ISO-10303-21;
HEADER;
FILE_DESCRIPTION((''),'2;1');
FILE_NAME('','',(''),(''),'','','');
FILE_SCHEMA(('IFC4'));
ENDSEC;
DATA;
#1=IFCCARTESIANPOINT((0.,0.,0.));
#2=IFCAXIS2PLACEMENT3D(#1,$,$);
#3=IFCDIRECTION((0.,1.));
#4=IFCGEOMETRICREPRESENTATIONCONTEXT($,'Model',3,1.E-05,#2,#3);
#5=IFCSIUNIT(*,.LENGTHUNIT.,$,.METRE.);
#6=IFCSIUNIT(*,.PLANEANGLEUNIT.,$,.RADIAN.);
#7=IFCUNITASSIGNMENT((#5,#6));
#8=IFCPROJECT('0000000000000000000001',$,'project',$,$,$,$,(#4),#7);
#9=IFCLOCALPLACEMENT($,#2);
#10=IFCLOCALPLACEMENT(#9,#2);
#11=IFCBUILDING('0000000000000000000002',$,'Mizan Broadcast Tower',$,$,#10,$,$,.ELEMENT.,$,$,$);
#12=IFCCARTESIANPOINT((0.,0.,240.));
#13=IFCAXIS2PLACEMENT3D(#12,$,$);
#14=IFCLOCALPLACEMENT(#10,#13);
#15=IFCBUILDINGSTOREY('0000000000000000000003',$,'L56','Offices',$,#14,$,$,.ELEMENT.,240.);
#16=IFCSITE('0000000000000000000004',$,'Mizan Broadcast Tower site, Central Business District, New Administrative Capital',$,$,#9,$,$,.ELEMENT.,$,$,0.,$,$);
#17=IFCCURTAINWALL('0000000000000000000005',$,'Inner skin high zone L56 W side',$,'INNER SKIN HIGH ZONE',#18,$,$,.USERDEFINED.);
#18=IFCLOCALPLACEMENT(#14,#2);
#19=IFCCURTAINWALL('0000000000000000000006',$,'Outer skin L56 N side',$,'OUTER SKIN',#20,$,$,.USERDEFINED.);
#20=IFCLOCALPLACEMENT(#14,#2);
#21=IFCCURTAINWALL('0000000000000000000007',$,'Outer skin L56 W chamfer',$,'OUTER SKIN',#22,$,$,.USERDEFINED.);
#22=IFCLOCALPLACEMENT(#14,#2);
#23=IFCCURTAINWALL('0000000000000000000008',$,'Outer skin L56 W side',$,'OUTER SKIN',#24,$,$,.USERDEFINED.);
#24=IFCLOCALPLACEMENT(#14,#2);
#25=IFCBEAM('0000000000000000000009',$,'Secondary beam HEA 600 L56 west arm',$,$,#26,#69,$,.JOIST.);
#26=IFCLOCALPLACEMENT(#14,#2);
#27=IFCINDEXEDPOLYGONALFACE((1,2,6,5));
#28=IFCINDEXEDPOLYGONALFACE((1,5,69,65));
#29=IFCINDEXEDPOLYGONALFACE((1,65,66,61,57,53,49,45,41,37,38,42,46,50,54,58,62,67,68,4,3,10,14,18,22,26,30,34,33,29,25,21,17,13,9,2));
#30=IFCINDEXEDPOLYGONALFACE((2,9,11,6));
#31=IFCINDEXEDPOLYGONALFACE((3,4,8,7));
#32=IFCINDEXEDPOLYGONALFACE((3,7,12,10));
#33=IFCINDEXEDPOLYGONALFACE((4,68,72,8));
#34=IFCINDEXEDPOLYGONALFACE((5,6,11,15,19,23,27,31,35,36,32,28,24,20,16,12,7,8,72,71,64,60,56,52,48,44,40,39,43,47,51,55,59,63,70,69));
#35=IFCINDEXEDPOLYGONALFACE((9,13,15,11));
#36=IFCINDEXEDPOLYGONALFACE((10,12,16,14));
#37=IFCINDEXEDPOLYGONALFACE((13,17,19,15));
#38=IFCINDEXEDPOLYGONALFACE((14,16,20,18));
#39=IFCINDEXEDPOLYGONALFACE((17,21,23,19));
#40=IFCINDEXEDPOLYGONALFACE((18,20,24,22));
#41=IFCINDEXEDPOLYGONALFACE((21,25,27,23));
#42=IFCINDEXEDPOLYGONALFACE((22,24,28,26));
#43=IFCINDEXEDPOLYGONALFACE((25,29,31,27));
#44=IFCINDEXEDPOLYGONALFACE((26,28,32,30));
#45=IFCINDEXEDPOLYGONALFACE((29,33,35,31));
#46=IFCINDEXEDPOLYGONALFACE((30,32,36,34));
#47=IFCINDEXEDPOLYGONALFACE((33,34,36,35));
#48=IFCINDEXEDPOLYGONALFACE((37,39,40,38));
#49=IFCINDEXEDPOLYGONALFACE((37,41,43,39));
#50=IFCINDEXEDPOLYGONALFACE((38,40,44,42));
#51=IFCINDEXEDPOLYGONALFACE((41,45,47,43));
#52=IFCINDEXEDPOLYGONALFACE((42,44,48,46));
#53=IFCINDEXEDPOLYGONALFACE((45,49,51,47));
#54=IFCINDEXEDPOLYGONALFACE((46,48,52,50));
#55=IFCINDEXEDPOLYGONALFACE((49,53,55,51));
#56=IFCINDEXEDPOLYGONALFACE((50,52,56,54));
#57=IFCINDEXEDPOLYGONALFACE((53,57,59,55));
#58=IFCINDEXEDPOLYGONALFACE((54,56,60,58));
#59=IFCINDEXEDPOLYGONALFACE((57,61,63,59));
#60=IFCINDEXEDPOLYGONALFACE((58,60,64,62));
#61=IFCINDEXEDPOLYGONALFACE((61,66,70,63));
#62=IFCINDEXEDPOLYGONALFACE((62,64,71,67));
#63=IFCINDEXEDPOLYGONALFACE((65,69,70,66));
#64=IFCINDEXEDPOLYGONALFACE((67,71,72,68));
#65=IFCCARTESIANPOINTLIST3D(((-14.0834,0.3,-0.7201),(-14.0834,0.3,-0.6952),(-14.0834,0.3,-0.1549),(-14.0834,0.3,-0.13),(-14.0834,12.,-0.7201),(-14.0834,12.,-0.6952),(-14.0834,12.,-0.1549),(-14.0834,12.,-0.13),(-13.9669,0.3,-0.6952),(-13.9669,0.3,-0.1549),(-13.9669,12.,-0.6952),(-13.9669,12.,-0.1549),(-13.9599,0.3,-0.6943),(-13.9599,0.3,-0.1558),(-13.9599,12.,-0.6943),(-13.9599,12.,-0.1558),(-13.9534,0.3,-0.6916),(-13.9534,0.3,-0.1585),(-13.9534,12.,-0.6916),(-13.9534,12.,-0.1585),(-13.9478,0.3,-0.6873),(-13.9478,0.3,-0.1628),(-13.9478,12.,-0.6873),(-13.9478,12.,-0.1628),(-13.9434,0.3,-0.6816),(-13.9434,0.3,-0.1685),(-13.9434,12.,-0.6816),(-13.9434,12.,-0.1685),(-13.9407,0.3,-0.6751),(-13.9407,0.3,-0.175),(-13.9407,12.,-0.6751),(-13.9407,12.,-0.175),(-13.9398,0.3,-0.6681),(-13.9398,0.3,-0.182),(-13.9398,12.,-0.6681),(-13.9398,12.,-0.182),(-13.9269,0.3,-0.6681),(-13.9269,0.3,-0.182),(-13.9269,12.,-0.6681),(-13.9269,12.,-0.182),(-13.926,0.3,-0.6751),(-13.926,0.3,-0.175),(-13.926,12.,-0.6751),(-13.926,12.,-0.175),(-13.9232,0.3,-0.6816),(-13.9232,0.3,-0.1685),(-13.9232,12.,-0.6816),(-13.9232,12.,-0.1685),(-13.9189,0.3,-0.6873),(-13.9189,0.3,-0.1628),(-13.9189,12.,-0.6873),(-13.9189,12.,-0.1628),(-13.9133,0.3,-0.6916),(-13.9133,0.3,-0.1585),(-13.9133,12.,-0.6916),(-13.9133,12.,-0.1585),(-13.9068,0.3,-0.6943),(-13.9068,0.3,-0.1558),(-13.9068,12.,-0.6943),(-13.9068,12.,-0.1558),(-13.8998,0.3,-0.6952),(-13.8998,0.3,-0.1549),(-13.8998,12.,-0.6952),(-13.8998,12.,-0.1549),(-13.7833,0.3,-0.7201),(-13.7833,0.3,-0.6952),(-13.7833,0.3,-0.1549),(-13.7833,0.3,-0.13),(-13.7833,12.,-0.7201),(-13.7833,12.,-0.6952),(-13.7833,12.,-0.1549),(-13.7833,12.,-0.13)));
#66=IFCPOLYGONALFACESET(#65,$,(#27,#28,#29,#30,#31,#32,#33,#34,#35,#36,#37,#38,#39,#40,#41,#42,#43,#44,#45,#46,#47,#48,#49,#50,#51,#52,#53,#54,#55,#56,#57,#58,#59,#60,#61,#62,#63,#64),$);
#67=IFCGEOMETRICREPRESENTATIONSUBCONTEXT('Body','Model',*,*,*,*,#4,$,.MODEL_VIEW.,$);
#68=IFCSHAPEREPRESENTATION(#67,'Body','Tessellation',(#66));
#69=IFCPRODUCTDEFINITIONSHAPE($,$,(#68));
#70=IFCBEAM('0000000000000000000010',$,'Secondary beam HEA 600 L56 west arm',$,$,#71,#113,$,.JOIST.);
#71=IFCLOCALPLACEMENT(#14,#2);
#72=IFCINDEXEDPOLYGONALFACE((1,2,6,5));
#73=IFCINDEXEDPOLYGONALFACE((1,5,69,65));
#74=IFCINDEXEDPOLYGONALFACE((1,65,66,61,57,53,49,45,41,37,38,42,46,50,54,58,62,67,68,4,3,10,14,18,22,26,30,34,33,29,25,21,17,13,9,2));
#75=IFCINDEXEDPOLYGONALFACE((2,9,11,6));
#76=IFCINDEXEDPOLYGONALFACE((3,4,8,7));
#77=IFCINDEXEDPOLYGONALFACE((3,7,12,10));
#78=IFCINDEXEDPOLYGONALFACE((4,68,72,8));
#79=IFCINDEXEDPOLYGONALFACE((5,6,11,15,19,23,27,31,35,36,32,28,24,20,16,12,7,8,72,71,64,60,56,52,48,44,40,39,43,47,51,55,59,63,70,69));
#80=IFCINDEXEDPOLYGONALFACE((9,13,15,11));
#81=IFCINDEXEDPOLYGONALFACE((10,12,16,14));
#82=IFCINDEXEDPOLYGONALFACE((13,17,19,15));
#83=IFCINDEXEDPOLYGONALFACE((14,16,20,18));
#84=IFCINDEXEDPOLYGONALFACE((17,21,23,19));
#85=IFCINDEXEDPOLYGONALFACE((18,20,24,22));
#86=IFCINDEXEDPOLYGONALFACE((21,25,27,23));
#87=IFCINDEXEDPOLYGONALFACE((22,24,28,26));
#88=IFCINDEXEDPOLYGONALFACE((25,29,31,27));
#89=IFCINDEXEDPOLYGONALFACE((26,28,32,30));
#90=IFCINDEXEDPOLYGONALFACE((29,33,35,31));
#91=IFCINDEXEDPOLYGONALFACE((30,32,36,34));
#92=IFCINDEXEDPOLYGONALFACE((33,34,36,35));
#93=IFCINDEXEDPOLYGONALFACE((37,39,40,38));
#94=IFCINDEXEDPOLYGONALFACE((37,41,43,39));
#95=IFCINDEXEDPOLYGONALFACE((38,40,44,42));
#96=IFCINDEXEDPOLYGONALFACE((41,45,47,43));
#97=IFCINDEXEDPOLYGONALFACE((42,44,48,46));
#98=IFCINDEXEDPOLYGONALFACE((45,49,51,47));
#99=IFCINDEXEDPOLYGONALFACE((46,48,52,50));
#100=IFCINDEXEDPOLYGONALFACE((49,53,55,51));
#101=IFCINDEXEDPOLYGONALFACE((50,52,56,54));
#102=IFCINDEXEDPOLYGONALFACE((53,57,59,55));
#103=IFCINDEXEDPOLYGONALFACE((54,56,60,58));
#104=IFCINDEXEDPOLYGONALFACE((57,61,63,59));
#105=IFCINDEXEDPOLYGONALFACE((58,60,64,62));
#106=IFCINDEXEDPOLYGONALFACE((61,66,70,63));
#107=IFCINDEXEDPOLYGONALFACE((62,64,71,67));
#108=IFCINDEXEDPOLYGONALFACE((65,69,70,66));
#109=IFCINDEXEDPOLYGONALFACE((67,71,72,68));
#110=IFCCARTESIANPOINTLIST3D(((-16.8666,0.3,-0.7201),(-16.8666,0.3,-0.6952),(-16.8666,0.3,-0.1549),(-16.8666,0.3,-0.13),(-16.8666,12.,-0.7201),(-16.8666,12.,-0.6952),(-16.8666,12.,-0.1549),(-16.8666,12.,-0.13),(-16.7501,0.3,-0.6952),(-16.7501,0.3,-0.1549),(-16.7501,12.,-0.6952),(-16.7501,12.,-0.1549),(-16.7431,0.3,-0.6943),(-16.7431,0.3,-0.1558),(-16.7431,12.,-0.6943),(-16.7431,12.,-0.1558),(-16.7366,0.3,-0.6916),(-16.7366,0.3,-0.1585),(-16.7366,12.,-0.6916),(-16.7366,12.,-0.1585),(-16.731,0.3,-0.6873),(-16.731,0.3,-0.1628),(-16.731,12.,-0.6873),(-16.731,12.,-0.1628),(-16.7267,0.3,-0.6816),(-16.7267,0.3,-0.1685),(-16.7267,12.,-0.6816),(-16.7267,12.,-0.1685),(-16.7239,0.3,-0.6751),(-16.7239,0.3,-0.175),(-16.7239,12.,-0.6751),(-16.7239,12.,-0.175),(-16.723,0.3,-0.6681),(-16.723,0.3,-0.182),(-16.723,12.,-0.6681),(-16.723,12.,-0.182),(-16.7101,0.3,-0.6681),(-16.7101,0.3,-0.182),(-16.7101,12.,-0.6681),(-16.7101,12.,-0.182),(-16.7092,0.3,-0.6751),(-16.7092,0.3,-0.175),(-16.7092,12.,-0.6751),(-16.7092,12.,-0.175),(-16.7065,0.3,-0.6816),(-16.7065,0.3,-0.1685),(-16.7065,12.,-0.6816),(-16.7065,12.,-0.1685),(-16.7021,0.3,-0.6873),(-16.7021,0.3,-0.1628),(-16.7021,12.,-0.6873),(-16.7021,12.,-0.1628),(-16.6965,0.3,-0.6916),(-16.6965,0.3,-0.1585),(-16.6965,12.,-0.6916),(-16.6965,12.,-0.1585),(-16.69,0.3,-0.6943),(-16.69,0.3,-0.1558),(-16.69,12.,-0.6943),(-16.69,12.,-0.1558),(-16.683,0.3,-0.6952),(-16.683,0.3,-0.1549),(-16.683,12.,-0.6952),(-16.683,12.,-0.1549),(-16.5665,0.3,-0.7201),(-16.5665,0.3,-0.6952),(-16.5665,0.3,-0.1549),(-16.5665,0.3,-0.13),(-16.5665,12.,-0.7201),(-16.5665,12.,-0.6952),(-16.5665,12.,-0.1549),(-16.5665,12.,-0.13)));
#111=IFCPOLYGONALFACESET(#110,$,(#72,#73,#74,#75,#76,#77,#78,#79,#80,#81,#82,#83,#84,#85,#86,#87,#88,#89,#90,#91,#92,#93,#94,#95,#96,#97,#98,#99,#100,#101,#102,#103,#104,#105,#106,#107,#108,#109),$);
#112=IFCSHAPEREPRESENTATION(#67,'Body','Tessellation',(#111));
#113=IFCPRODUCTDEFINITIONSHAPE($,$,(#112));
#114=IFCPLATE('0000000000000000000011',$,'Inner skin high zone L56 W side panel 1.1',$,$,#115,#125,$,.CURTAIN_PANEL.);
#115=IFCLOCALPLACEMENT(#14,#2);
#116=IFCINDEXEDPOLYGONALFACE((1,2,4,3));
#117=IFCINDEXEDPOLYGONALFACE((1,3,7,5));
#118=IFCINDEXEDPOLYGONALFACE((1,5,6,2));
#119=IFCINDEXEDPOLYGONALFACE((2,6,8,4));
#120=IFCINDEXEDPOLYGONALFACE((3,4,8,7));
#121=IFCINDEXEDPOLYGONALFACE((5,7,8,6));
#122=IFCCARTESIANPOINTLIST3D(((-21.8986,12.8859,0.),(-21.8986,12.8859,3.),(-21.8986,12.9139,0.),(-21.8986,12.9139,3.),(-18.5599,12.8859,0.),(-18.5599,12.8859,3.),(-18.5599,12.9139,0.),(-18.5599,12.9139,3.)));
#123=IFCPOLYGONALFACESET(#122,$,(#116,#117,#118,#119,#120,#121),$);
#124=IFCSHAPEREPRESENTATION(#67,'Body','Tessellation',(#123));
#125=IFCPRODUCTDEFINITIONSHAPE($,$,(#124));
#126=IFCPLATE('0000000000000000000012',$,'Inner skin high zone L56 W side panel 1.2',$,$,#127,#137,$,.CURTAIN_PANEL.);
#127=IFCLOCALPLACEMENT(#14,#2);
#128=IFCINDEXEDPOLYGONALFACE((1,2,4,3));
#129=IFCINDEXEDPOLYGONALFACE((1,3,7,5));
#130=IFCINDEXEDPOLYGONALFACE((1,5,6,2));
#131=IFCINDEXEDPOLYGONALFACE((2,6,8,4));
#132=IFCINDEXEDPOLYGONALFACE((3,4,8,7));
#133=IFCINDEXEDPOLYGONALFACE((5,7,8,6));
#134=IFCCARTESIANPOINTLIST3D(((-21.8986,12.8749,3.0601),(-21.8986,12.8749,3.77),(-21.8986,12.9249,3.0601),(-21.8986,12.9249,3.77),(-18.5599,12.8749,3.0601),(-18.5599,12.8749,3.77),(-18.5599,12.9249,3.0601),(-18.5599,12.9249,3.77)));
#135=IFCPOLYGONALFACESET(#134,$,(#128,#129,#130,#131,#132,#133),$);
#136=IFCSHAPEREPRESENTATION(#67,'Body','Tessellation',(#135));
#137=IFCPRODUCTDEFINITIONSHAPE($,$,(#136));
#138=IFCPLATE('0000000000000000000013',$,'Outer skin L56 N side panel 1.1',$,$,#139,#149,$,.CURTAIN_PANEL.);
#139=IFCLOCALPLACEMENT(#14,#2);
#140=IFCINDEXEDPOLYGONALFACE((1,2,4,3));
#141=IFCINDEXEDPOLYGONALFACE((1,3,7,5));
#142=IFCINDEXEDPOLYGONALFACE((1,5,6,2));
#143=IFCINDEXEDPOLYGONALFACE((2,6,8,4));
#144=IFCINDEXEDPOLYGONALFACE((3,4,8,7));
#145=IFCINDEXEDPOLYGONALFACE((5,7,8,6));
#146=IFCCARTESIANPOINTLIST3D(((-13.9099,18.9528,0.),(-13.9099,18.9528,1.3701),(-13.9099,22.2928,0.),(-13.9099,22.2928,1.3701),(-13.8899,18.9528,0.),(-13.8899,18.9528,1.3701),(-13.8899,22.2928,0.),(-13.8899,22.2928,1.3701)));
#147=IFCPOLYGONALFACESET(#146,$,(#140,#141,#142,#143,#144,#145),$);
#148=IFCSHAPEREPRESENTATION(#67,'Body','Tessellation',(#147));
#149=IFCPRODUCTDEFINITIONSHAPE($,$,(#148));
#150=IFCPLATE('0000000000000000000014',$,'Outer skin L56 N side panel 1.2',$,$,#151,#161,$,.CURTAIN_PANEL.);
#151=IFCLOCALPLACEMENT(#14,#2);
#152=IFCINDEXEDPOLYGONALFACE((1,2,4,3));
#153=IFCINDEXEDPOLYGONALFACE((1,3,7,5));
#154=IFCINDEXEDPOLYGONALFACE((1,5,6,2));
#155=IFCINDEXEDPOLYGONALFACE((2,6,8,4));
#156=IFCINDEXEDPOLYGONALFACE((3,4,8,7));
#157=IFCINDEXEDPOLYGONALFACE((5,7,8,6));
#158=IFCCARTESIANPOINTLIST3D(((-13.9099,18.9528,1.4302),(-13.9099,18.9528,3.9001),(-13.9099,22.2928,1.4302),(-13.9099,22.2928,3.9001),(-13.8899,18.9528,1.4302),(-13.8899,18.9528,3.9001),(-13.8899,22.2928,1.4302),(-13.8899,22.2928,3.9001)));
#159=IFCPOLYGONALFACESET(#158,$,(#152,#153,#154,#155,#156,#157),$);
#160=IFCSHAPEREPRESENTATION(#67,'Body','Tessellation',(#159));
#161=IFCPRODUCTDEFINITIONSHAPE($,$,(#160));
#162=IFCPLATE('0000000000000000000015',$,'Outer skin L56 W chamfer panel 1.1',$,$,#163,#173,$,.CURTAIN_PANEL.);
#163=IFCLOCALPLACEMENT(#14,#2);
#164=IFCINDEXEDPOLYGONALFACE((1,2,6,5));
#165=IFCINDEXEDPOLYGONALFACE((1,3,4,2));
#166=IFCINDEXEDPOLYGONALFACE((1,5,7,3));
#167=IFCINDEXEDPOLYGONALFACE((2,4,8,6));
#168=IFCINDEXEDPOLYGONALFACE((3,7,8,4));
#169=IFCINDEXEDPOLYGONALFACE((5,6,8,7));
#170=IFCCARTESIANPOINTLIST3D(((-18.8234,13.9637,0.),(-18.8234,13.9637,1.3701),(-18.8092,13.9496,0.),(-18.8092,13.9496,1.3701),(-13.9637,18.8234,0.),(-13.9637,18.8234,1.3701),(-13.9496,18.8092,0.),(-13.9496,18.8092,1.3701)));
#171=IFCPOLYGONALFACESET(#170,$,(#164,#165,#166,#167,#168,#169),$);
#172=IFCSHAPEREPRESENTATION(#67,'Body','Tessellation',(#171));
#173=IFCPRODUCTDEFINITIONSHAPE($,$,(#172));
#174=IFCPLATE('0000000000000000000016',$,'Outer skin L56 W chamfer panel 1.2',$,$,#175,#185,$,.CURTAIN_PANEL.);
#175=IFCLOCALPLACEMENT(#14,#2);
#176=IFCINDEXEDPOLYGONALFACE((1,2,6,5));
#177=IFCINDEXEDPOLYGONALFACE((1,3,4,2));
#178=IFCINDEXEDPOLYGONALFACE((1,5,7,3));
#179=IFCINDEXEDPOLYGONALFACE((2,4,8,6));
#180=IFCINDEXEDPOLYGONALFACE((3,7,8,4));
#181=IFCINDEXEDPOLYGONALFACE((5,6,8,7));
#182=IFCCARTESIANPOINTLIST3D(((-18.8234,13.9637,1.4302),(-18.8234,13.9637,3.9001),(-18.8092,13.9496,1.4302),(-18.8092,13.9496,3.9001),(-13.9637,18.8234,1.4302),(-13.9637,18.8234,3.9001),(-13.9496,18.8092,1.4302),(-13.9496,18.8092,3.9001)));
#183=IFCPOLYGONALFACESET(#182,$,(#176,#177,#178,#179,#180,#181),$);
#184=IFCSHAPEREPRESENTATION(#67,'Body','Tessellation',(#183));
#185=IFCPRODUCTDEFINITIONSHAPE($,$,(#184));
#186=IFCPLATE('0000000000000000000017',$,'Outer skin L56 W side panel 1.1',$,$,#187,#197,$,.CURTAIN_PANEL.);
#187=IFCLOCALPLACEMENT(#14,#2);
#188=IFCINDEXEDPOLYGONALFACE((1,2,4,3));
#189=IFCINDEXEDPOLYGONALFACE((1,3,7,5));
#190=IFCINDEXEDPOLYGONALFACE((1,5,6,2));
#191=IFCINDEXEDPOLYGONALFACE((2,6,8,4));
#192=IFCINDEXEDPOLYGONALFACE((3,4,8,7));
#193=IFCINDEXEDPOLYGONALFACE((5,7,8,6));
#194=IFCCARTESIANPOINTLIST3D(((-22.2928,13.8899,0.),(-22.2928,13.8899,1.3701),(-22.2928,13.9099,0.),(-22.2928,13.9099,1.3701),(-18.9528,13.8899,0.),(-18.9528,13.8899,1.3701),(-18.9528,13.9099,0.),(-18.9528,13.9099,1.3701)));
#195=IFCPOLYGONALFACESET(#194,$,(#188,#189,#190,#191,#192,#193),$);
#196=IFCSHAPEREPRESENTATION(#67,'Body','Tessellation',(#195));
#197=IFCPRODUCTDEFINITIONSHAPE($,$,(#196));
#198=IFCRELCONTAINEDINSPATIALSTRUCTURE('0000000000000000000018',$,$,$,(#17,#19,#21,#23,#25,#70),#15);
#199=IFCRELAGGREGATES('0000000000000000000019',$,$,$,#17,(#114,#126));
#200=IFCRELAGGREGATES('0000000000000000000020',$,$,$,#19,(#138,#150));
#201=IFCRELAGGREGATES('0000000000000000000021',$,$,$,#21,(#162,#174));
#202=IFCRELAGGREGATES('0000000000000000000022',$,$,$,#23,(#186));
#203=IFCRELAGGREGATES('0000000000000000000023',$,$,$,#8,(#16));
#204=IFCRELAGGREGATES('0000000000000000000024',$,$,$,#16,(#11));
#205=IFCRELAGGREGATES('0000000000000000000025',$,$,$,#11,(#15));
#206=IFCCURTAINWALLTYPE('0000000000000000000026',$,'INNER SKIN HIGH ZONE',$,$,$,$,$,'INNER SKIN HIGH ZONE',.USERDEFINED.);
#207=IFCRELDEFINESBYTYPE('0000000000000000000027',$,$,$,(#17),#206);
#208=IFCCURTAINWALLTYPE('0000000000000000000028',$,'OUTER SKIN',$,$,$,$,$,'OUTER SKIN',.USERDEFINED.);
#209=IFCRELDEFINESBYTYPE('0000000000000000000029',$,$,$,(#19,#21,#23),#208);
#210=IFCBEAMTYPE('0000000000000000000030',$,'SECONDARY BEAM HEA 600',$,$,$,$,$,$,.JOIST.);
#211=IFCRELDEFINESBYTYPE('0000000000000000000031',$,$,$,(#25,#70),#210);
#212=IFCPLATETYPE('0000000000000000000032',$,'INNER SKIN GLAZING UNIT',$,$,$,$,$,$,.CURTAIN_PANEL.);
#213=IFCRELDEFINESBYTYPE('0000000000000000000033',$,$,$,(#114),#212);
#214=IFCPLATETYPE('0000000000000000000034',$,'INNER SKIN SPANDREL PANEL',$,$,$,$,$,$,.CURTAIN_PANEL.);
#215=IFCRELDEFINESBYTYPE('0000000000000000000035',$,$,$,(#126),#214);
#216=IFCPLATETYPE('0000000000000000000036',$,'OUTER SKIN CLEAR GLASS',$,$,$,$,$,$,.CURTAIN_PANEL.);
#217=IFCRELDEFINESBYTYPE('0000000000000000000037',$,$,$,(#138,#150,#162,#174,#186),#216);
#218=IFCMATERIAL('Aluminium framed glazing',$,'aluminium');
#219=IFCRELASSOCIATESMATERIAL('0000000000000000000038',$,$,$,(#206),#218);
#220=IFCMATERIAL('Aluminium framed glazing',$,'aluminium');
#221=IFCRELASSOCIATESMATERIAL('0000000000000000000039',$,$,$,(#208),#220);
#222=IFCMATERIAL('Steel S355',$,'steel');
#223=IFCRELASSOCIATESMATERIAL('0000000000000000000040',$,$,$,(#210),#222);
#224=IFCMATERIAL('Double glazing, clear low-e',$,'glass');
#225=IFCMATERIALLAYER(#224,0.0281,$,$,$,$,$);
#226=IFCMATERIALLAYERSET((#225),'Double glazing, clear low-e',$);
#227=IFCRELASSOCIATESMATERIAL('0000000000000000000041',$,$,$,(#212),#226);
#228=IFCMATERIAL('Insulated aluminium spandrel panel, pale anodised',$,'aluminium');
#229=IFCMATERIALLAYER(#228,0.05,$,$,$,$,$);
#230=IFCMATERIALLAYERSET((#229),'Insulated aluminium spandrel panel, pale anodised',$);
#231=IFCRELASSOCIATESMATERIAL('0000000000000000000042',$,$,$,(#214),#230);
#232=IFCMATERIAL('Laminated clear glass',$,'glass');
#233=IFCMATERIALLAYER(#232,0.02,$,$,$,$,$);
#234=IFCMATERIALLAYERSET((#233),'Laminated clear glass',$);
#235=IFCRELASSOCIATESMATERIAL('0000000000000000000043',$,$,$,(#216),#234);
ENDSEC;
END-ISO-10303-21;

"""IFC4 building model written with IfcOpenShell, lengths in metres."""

from ifc_helpers import new_model, si_unit, direction, frame, origin, origin_2d, place, context, subcontext, project, spatial, rectangle, i_section, extrude, material, layer, layer_set, material_profile, profile_set, type_object, element, aggregate, save


model = new_model("IFC4")

# Units and contexts
model_context = context("Model", 3, precision=1e-05, world=origin(), true_north=direction((0.0, 1.0)))
body_context = subcontext(model_context, "Body", "Model", "MODEL_VIEW")
ifc_project = project(units=[si_unit("LENGTHUNIT", "METRE"), si_unit("PLANEANGLEUNIT", "RADIAN")], contexts=[model_context])

# Site, building, storey
site_placement = place(None, origin())
site = spatial("IfcSite", under=ifc_project, at=site_placement, Name="Mizan Broadcast Tower site, Central Business District, New Administrative Capital", CompositionType="ELEMENT", RefElevation=0.0)
building_placement = place(site_placement, origin())
building = spatial("IfcBuilding", under=site, at=building_placement, Name="Mizan Broadcast Tower", CompositionType="ELEMENT")
storey_placement = place(building_placement, frame((0.0, 0.0, 240.0)))
storey = spatial("IfcBuildingStorey", under=building, at=storey_placement, Name="L56", Description="Offices", CompositionType="ELEMENT", Elevation=240.0)

# Shared definitions
ifc_material_1 = material(Name="Aluminium framed glazing", Category="aluminium")
curtain_wall_type_1 = type_object("IfcCurtainWallType", Name="INNER SKIN HIGH ZONE", ElementType="INNER SKIN HIGH ZONE", PredefinedType="USERDEFINED", material=ifc_material_1)

# Curtain wall
curtain_wall_1_placement = place(storey_placement, origin())
curtain_wall_1 = element("IfcCurtainWall", 1, at=curtain_wall_1_placement, inside=storey, type_object=curtain_wall_type_1, Name="Inner skin high zone L56 W side", ObjectType="INNER SKIN HIGH ZONE", PredefinedType="USERDEFINED")

# Curtain walls
ifc_material_2 = material(Name="Aluminium framed glazing", Category="aluminium")
curtain_wall_type_2 = type_object("IfcCurtainWallType", Name="OUTER SKIN", ElementType="OUTER SKIN", PredefinedType="USERDEFINED", material=ifc_material_2)
curtain_wall_2_placement = place(storey_placement, origin())
curtain_wall_2 = element("IfcCurtainWall", 2, at=curtain_wall_2_placement, inside=storey, type_object=curtain_wall_type_2, Name="Outer skin L56 N side", ObjectType="OUTER SKIN", PredefinedType="USERDEFINED")
curtain_wall_3_placement = place(storey_placement, origin())
curtain_wall_3 = element("IfcCurtainWall", 3, at=curtain_wall_3_placement, inside=storey, type_object=curtain_wall_type_2, Name="Outer skin L56 W chamfer", ObjectType="OUTER SKIN", PredefinedType="USERDEFINED")
curtain_wall_4_placement = place(storey_placement, origin())
curtain_wall_4 = element("IfcCurtainWall", 4, at=curtain_wall_4_placement, inside=storey, type_object=curtain_wall_type_2, Name="Outer skin L56 W side", ObjectType="OUTER SKIN", PredefinedType="USERDEFINED")

# Beams
ifc_material_3 = material(Name="Steel S355", Category="steel")
ifc_material_profile_1 = material_profile(ifc_material_3, i_section(OverallWidth=0.3, OverallDepth=0.5901, WebThickness=0.0129, FlangeThickness=0.0249, FilletRadius=0.0271, at=origin_2d()), Name="HEA 600")
ifc_profile_set_1 = profile_set([ifc_material_profile_1], Name="Steel S355")
beam_type = type_object("IfcBeamType", Name="SECONDARY BEAM HEA 600", PredefinedType="JOIST", material=ifc_profile_set_1)
for number, where, z_axis, x_axis, name in (
    (5, (-13.9333, 12.0, -0.425), (0.0, -1.0, 0.0), (1.0, 0.0, 0.0), "Secondary beam HEA 600 L56 west arm"),
    (6, (-16.7166, 12.0, -0.425), (0.0, -1.0, 0.0), (1.0, 0.0, 0.0), "Secondary beam HEA 600 L56 west arm"),
):
    element("IfcBeam", number, at=place(storey_placement, frame(where, z_axis=z_axis, x_axis=x_axis)), inside=storey, type_object=beam_type, Name=name, PredefinedType="JOIST", context=body_context, shape_type="SweptSolid", body=[
        extrude(i_section(OverallWidth=0.3, OverallDepth=0.5901, WebThickness=0.0129, FlangeThickness=0.0249, FilletRadius=0.0271, at=origin_2d()), origin(), (0.0, 0.0, 1.0), 11.7),
    ])

# Plates
ifc_material_4 = material(Name="Double glazing, clear low-e", Category="glass")
ifc_layer_1 = layer(ifc_material_4, 0.0281)
ifc_layer_set_1 = layer_set([ifc_layer_1], Name="Double glazing, clear low-e")
plate_type_1 = type_object("IfcPlateType", Name="INNER SKIN GLAZING UNIT", PredefinedType="CURTAIN_PANEL", material=ifc_layer_set_1)
plate_1_placement = place(storey_placement, frame((-20.2292, 12.8999, 0.0), z_axis=(0.0, 0.0, 1.0), x_axis=(-1.0, 0.0, 0.0)))
plate_1 = element("IfcPlate", 7, at=plate_1_placement, type_object=plate_type_1, Name="Inner skin high zone L56 W side panel 1.1", PredefinedType="CURTAIN_PANEL", context=body_context, shape_type="SweptSolid", body=[
    extrude(rectangle(XDim=3.3386, YDim=0.0281, at=origin_2d()), origin(), (0.0, 0.0, 1.0), 3.0),
])
ifc_material_5 = material(Name="Insulated aluminium spandrel panel, pale anodised", Category="aluminium")
ifc_layer_2 = layer(ifc_material_5, 0.05)
ifc_layer_set_2 = layer_set([ifc_layer_2], Name="Insulated aluminium spandrel panel, pale anodised")
plate_type_2 = type_object("IfcPlateType", Name="INNER SKIN SPANDREL PANEL", PredefinedType="CURTAIN_PANEL", material=ifc_layer_set_2)
plate_2_placement = place(storey_placement, frame((-20.2292, 12.8999, 3.0601), z_axis=(0.0, 0.0, 1.0), x_axis=(-1.0, 0.0, 0.0)))
plate_2 = element("IfcPlate", 8, at=plate_2_placement, type_object=plate_type_2, Name="Inner skin high zone L56 W side panel 1.2", PredefinedType="CURTAIN_PANEL", context=body_context, shape_type="SweptSolid", body=[
    extrude(rectangle(XDim=3.3386, YDim=0.05, at=origin_2d()), origin(), (0.0, 0.0, 1.0), 0.71),
])
aggregate(curtain_wall_1, [plate_1, plate_2])
ifc_material_6 = material(Name="Laminated clear glass", Category="glass")
ifc_layer_3 = layer(ifc_material_6, 0.02)
ifc_layer_set_3 = layer_set([ifc_layer_3], Name="Laminated clear glass")
plate_type_3 = type_object("IfcPlateType", Name="OUTER SKIN CLEAR GLASS", PredefinedType="CURTAIN_PANEL", material=ifc_layer_set_3)
plate_3_placement = place(storey_placement, frame((-13.8999, 20.6228, 0.0), z_axis=(0.0, 0.0, 1.0), x_axis=(0.0, -1.0, 0.0)))
plate_3 = element("IfcPlate", 9, at=plate_3_placement, type_object=plate_type_3, Name="Outer skin L56 N side panel 1.1", PredefinedType="CURTAIN_PANEL", context=body_context, shape_type="SweptSolid", body=[
    extrude(rectangle(XDim=3.3401, YDim=0.02, at=origin_2d()), origin(), (0.0, 0.0, 1.0), 1.3701),
])
plate_4_placement = place(storey_placement, frame((-13.8999, 20.6228, 1.4302), z_axis=(0.0, 0.0, 1.0), x_axis=(0.0, -1.0, 0.0)))
plate_4 = element("IfcPlate", 10, at=plate_4_placement, type_object=plate_type_3, Name="Outer skin L56 N side panel 1.2", PredefinedType="CURTAIN_PANEL", context=body_context, shape_type="SweptSolid", body=[
    extrude(rectangle(XDim=3.3401, YDim=0.02, at=origin_2d()), origin(), (0.0, 0.0, 1.0), 2.47),
])
aggregate(curtain_wall_2, [plate_3, plate_4])
plate_5_placement = place(storey_placement, frame((-16.3865, 16.3865, 0.0), z_axis=(0.0, 0.0, 1.0), x_axis=(-0.707107, -0.707107, 0.0)))
plate_5 = element("IfcPlate", 11, at=plate_5_placement, type_object=plate_type_3, Name="Outer skin L56 W chamfer panel 1.1", PredefinedType="CURTAIN_PANEL", context=body_context, shape_type="SweptSolid", body=[
    extrude(rectangle(XDim=6.8726, YDim=0.02, at=origin_2d()), origin(), (0.0, 0.0, 1.0), 1.3701),
])
plate_6_placement = place(storey_placement, frame((-16.3865, 16.3865, 1.4302), z_axis=(0.0, 0.0, 1.0), x_axis=(-0.707107, -0.707107, 0.0)))
plate_6 = element("IfcPlate", 12, at=plate_6_placement, type_object=plate_type_3, Name="Outer skin L56 W chamfer panel 1.2", PredefinedType="CURTAIN_PANEL", context=body_context, shape_type="SweptSolid", body=[
    extrude(rectangle(XDim=6.8726, YDim=0.02, at=origin_2d()), origin(), (0.0, 0.0, 1.0), 2.47),
])
aggregate(curtain_wall_3, [plate_5, plate_6])
plate_7_placement = place(storey_placement, frame((-20.6228, 13.8999, 0.0), z_axis=(0.0, 0.0, 1.0), x_axis=(-1.0, 0.0, 0.0)))
plate_7 = element("IfcPlate", 13, at=plate_7_placement, type_object=plate_type_3, Name="Outer skin L56 W side panel 1.1", PredefinedType="CURTAIN_PANEL", context=body_context, shape_type="SweptSolid", body=[
    extrude(rectangle(XDim=3.3401, YDim=0.02, at=origin_2d()), origin(), (0.0, 0.0, 1.0), 1.3701),
])
aggregate(curtain_wall_4, [plate_7])

save(model, "model.ifc")
